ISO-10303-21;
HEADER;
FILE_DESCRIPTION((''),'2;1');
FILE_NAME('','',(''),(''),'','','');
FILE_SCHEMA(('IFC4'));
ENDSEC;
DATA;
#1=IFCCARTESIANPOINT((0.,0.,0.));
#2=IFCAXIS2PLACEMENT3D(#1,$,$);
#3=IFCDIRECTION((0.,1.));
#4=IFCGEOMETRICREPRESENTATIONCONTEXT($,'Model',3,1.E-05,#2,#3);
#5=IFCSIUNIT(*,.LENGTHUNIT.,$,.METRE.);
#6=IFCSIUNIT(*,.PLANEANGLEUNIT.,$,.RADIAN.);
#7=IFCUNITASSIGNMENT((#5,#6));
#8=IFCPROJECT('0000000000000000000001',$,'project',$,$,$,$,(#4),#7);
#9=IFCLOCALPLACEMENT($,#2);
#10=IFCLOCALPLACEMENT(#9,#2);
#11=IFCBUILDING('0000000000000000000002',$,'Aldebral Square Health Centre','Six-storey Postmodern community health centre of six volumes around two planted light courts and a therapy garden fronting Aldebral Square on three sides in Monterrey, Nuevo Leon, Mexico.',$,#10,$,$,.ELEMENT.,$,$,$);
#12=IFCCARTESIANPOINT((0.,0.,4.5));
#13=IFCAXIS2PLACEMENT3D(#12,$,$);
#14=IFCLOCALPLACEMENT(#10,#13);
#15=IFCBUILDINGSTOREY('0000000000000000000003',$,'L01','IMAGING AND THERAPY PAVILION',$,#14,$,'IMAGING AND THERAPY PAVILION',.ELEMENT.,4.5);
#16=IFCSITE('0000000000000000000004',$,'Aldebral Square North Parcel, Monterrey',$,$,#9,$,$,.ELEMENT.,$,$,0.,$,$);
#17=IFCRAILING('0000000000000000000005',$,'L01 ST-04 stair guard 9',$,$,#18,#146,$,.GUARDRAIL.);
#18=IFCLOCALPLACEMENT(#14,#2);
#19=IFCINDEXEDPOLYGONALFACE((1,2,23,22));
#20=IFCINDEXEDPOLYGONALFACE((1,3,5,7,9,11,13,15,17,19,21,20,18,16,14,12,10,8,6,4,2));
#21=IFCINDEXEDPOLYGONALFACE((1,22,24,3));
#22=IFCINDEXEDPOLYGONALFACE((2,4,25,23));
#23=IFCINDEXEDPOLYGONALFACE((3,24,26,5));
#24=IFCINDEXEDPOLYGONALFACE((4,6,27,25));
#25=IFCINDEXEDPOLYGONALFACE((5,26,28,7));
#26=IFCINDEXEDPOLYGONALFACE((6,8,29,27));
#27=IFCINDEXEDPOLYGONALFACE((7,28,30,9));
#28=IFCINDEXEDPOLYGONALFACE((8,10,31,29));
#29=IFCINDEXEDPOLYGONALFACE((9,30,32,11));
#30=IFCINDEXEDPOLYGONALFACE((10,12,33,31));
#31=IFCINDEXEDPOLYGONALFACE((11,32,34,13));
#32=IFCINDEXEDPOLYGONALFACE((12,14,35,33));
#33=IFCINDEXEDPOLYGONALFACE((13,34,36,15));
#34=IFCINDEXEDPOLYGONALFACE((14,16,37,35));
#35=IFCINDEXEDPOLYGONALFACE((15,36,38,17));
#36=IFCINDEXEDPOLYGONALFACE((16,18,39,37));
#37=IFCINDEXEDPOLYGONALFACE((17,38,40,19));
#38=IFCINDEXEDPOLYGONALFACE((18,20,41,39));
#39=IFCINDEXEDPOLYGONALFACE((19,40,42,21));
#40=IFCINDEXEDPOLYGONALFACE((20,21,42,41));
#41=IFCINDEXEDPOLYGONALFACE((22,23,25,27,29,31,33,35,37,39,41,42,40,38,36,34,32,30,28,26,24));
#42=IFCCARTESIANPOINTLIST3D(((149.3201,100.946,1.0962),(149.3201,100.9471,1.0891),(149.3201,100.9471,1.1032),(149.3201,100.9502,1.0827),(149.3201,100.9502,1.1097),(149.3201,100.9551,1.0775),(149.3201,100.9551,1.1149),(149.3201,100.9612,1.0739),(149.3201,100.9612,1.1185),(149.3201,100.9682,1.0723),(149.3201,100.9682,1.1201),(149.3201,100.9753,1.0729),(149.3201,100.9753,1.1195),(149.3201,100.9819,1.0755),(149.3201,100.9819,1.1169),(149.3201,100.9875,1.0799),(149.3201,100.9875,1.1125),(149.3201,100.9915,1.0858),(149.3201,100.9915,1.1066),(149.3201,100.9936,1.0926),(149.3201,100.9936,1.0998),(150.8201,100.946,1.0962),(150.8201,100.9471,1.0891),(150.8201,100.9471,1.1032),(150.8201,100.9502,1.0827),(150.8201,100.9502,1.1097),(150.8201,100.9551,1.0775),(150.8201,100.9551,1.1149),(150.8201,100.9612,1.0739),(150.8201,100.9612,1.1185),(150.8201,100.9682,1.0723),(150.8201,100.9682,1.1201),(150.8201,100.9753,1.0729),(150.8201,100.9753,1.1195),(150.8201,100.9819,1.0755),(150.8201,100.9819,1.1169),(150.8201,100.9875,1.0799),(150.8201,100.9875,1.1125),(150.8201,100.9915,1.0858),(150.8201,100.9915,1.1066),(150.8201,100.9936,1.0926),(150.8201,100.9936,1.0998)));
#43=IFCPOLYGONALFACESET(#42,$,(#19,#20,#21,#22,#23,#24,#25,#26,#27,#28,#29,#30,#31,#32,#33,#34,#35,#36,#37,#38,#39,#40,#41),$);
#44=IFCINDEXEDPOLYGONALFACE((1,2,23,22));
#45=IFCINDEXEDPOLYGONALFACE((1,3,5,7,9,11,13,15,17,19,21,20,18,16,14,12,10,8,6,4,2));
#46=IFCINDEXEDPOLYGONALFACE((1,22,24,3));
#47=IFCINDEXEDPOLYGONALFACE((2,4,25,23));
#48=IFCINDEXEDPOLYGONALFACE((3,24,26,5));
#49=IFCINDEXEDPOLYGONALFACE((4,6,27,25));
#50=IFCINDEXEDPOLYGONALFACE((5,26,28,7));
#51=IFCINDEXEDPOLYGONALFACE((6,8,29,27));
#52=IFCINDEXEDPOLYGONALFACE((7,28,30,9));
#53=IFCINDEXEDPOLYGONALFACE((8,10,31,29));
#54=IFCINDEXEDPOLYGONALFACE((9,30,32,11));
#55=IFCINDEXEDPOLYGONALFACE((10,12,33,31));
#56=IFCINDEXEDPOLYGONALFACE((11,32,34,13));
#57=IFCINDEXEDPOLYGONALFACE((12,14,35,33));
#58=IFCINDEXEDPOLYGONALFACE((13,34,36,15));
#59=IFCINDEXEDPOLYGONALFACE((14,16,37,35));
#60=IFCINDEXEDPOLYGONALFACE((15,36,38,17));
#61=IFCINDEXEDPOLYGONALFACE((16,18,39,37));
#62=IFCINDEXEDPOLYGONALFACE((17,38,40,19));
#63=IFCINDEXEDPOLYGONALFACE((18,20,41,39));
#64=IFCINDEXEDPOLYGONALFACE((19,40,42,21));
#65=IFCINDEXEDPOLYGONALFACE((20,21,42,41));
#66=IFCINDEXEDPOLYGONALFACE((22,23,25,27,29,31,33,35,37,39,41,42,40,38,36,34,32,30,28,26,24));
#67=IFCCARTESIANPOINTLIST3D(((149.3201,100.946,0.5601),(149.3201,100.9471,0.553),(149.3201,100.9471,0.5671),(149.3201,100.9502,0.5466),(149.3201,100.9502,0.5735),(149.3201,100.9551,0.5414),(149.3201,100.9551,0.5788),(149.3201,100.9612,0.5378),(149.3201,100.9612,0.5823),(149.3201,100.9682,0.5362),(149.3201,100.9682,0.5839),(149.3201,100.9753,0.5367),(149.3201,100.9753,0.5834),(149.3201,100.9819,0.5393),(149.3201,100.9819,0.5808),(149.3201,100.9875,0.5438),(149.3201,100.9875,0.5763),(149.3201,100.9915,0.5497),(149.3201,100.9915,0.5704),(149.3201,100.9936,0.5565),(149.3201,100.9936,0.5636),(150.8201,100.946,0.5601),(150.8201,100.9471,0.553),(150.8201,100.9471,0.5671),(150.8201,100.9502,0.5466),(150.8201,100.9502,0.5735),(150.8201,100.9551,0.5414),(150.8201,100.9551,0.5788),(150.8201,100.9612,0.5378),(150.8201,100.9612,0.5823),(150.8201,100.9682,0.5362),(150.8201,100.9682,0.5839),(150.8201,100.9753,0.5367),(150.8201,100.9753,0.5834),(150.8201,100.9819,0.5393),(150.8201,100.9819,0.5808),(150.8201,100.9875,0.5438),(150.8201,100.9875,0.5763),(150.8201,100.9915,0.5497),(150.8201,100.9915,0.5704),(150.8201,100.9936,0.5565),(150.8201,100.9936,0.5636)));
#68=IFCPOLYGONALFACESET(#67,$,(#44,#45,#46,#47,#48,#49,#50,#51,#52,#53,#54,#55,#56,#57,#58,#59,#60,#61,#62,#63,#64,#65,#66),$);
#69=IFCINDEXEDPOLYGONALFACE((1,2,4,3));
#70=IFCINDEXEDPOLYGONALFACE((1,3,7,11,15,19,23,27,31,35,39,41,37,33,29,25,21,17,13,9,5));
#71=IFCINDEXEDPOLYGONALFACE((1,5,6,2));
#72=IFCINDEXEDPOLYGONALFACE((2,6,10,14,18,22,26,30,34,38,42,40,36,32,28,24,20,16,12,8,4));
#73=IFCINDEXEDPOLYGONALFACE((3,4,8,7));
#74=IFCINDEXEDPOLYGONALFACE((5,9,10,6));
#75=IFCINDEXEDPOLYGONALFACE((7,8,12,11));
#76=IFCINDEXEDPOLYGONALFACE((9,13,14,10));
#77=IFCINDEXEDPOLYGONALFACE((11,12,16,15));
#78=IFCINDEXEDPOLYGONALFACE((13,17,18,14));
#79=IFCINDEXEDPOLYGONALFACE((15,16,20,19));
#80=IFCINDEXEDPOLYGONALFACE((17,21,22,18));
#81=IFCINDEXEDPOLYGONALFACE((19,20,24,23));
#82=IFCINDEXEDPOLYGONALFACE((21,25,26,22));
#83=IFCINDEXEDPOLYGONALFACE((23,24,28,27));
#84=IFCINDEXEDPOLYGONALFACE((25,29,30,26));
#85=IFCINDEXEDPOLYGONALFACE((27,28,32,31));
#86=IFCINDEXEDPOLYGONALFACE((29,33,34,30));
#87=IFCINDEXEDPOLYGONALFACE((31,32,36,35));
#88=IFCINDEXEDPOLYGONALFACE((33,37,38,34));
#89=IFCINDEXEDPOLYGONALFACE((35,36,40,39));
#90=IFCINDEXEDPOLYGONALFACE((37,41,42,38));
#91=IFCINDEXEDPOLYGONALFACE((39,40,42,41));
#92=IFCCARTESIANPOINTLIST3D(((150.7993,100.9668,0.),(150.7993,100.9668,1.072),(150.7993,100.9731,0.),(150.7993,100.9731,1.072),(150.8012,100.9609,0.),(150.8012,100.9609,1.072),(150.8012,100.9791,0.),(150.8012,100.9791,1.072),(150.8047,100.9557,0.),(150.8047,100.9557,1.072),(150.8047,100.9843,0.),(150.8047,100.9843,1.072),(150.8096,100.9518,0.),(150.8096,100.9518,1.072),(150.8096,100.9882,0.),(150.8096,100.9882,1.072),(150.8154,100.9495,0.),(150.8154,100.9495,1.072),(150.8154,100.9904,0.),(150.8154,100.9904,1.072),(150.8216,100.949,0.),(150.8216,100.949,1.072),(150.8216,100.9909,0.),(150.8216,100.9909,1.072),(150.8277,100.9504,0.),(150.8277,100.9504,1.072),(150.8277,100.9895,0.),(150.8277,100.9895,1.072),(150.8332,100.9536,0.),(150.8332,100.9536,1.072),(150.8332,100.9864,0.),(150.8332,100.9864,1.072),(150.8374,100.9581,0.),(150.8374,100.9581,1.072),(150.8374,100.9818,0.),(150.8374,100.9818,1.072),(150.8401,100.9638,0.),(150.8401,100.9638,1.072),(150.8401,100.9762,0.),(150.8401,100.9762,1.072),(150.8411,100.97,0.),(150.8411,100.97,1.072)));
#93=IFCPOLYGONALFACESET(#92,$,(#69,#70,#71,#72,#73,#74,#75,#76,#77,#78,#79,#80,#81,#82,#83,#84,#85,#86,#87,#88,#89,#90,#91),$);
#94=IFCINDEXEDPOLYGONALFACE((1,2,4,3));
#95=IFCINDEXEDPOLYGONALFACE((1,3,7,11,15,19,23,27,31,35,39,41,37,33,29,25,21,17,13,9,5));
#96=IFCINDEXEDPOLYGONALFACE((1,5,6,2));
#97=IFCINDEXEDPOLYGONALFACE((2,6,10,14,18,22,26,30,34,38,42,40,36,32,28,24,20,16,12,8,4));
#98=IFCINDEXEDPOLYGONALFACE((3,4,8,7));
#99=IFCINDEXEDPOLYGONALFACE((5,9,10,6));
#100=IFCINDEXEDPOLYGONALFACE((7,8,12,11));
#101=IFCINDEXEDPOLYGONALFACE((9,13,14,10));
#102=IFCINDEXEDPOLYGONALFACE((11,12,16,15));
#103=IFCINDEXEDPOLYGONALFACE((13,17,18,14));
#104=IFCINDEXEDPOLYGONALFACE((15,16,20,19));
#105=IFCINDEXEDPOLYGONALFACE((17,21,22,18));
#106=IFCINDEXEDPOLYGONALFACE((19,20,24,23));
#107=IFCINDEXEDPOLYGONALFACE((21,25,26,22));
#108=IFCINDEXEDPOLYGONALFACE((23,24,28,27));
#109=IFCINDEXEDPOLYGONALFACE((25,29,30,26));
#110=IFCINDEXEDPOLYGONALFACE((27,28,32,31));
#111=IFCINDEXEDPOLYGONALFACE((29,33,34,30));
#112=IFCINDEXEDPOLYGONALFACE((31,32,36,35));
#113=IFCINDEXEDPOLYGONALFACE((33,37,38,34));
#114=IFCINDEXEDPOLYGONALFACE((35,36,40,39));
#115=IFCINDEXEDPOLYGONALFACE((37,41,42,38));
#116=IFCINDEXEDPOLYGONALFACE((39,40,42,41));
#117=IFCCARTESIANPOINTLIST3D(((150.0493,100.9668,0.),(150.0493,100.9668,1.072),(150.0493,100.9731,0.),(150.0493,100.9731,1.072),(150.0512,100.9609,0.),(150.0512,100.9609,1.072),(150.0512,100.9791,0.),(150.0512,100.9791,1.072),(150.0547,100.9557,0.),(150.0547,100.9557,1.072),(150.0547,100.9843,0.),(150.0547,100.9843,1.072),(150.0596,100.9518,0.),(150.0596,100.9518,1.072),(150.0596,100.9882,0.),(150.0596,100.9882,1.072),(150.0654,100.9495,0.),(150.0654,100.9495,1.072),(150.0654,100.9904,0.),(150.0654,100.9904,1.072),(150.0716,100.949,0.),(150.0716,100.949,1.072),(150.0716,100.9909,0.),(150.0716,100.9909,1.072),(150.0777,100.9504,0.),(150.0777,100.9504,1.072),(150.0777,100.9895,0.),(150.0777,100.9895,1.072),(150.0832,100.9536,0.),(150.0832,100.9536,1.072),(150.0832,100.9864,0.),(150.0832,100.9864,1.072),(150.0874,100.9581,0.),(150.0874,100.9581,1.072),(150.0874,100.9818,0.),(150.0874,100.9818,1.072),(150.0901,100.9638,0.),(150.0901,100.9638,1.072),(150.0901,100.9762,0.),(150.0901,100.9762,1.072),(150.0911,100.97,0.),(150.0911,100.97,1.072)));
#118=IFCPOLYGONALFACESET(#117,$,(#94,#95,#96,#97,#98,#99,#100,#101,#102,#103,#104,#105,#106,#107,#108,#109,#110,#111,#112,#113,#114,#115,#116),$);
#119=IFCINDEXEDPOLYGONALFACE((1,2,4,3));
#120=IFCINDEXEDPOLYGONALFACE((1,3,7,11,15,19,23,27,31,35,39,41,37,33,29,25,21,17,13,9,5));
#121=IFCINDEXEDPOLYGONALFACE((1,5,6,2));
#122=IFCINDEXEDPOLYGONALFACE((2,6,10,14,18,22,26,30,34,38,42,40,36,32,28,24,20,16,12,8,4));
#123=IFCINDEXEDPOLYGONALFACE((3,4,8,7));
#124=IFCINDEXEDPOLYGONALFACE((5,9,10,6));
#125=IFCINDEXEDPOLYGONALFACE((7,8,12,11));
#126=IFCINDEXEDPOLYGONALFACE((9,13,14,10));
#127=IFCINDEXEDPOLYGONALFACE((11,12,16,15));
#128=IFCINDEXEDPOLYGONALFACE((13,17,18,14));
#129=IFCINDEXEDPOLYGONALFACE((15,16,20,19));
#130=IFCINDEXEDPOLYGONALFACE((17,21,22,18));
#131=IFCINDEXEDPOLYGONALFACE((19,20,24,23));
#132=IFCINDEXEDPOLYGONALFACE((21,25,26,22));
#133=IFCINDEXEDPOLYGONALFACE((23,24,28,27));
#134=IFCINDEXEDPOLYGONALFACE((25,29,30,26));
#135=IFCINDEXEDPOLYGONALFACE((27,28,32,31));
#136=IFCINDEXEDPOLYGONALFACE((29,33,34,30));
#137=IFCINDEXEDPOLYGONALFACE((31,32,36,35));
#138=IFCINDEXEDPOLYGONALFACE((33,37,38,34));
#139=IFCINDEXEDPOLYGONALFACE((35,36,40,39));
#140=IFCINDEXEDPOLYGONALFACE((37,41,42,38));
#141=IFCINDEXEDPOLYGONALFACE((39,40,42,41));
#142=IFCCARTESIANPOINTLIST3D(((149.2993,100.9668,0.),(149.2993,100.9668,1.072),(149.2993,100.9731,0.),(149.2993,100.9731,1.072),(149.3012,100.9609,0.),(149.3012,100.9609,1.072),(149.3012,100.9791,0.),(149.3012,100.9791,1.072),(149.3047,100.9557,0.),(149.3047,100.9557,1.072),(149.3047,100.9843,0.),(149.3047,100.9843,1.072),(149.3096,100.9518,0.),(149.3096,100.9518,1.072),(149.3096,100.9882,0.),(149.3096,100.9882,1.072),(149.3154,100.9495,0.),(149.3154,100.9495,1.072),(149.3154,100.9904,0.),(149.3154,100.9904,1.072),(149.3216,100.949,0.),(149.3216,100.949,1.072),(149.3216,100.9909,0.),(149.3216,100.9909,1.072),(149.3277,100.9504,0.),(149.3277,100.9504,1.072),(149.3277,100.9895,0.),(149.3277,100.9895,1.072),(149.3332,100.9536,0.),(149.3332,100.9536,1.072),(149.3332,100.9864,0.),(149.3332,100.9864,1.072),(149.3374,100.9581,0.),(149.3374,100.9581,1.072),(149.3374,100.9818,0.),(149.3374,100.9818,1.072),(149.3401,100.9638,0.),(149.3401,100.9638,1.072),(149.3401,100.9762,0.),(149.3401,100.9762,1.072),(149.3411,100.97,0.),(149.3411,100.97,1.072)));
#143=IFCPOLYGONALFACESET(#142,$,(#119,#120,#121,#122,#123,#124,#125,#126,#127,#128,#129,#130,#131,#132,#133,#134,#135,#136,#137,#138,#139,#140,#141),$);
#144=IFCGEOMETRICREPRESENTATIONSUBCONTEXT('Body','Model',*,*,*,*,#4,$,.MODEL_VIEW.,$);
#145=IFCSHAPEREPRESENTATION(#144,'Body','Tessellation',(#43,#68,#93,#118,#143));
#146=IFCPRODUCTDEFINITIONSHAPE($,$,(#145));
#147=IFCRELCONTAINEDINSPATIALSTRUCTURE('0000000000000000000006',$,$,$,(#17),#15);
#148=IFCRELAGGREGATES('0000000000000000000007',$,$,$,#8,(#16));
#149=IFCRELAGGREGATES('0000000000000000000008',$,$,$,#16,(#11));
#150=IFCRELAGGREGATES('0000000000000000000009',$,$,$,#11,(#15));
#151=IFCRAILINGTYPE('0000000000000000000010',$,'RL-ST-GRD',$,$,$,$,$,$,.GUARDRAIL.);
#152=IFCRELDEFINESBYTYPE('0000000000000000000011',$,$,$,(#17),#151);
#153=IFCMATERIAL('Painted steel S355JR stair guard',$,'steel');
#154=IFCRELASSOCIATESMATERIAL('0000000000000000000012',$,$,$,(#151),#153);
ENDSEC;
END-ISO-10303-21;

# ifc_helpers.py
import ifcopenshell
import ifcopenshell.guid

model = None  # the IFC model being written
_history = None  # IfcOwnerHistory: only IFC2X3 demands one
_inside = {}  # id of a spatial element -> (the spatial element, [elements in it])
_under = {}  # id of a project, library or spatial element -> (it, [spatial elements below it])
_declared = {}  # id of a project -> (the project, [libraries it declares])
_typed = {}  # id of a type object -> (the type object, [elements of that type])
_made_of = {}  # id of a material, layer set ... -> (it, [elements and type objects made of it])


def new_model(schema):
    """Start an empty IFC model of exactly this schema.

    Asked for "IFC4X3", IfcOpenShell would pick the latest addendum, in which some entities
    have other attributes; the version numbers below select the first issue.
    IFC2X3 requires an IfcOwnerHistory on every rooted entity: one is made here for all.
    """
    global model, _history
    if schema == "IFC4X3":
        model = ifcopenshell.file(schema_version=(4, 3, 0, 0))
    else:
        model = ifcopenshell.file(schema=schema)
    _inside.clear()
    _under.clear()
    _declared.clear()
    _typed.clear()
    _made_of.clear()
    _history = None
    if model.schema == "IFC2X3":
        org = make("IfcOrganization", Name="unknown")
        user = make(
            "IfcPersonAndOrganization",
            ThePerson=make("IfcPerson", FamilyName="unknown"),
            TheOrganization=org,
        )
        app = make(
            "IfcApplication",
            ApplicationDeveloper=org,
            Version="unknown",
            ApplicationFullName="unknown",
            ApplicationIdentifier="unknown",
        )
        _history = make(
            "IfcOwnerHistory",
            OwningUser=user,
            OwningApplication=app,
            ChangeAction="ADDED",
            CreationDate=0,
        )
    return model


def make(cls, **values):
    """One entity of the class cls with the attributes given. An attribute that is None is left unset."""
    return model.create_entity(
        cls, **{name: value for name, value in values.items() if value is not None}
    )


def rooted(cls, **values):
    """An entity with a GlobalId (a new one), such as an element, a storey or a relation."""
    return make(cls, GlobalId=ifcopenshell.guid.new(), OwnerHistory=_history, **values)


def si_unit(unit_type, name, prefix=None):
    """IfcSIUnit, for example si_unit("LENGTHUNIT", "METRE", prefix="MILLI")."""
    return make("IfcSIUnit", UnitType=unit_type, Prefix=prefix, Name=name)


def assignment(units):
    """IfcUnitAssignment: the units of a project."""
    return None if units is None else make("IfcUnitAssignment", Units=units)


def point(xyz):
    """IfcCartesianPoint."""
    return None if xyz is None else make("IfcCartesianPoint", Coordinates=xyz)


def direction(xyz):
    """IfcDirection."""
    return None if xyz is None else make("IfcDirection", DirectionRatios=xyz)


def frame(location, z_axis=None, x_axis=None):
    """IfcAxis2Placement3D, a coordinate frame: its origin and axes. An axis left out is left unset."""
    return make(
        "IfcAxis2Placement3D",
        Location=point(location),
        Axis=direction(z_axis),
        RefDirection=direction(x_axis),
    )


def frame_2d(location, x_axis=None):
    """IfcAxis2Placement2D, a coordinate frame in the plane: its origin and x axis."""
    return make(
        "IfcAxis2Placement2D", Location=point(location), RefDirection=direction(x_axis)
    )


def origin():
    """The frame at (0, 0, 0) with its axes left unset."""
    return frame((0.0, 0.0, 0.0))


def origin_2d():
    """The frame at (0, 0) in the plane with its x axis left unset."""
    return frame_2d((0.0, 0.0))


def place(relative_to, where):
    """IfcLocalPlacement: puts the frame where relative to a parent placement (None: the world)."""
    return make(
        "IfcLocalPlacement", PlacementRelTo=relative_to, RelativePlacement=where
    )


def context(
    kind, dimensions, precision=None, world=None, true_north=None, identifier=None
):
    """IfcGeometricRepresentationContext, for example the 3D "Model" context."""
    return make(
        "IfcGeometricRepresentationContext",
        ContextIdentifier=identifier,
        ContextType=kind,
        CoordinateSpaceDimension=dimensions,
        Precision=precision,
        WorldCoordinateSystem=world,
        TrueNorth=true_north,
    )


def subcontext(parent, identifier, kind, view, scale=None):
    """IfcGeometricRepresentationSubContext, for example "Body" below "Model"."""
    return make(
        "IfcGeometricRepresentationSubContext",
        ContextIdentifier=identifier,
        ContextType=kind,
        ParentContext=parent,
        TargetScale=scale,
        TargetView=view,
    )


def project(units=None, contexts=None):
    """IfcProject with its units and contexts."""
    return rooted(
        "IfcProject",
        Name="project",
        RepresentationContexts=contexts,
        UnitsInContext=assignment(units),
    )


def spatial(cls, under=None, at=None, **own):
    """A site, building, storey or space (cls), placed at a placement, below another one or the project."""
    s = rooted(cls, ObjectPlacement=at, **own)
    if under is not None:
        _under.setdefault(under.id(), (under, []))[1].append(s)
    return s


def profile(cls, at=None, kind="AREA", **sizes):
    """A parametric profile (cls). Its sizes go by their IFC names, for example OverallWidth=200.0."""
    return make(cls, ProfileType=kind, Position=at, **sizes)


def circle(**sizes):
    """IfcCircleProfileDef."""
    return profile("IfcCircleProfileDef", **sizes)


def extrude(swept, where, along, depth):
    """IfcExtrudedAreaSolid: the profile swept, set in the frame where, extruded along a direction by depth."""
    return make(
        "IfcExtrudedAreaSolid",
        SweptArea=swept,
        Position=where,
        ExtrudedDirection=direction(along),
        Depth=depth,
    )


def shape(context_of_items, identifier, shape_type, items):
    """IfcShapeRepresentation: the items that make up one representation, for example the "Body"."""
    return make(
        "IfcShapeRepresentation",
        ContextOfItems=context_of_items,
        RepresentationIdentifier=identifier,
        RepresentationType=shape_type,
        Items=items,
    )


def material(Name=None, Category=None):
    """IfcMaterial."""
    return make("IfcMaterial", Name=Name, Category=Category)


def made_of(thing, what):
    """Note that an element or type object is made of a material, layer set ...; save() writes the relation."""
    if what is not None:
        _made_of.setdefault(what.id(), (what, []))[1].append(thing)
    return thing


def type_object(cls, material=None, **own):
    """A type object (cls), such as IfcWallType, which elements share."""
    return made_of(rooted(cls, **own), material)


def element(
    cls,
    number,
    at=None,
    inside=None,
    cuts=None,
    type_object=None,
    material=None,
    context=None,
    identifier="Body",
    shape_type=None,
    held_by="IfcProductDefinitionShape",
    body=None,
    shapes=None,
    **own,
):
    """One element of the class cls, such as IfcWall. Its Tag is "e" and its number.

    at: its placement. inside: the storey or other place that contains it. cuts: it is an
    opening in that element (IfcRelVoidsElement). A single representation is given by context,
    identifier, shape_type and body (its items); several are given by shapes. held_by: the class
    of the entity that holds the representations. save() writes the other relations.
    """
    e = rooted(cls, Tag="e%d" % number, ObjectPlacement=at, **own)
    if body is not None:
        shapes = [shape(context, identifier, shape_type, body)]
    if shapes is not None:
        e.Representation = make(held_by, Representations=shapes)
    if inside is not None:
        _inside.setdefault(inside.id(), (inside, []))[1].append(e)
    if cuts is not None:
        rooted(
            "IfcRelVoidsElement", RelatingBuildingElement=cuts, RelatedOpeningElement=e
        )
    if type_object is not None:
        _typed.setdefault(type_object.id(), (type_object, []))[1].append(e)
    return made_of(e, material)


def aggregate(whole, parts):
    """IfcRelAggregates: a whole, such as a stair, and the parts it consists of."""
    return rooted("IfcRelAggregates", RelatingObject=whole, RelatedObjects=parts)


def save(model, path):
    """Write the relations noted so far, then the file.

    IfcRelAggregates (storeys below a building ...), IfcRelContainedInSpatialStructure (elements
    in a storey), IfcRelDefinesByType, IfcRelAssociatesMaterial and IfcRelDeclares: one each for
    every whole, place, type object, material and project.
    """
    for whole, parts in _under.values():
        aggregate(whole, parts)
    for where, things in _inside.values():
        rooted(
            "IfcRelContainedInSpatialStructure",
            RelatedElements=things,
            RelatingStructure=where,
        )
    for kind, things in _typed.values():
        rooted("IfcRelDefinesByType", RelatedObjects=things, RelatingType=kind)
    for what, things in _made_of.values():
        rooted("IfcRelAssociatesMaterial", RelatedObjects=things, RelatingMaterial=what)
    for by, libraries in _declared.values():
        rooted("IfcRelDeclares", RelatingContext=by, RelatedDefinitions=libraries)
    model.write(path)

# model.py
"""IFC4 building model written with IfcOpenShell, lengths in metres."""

from ifc_helpers import new_model, si_unit, direction, frame, origin, origin_2d, place, context, subcontext, project, spatial, circle, extrude, material, type_object, element, save


model = new_model("IFC4")

# Units and contexts
model_context = context("Model", 3, precision=1e-05, world=origin(), true_north=direction((0.0, 1.0)))
body_context = subcontext(model_context, "Body", "Model", "MODEL_VIEW")
ifc_project = project(units=[si_unit("LENGTHUNIT", "METRE"), si_unit("PLANEANGLEUNIT", "RADIAN")], contexts=[model_context])

# Site, building, storey
site_placement = place(None, origin())
site = spatial("IfcSite", under=ifc_project, at=site_placement, Name="Aldebral Square North Parcel, Monterrey", CompositionType="ELEMENT", RefElevation=0.0)
building_placement = place(site_placement, origin())
building = spatial("IfcBuilding", under=site, at=building_placement, Name="Aldebral Square Health Centre", Description="Six-storey Postmodern community health centre of six volumes around two planted light courts and a therapy garden fronting Aldebral Square on three sides in Monterrey, Nuevo Leon, Mexico.", CompositionType="ELEMENT")
storey_placement = place(building_placement, frame((0.0, 0.0, 4.5)))
storey = spatial("IfcBuildingStorey", under=building, at=storey_placement, Name="L01", Description="IMAGING AND THERAPY PAVILION", LongName="IMAGING AND THERAPY PAVILION", CompositionType="ELEMENT", Elevation=4.5)

# Railing
ifc_material_1 = material(Name="Painted steel S355JR stair guard", Category="steel")
railing_type_1 = type_object("IfcRailingType", Name="RL-ST-GRD", PredefinedType="GUARDRAIL", material=ifc_material_1)
railing_1_placement = place(storey_placement, frame((150.8201, 100.97, 0.0)))
element("IfcRailing", 1, at=railing_1_placement, inside=storey, type_object=railing_type_1, Name="L01 ST-04 stair guard 9", PredefinedType="GUARDRAIL", context=body_context, shape_type="SweptSolid", body=[
    extrude(circle(Radius=0.0239, at=origin_2d()), frame((0.0, 0.0, 1.0962), z_axis=(-1.0, 0.0, 0.0), x_axis=(0.0, -1.0, 0.0)), (0.0, 0.0, 1.0), 1.5),
    extrude(circle(Radius=0.0239, at=origin_2d()), frame((0.0, 0.0, 0.5601), z_axis=(-1.0, 0.0, 0.0), x_axis=(0.0, -1.0, 0.0)), (0.0, 0.0, 1.0), 1.5),
    extrude(circle(Radius=0.021, at=origin_2d()), origin(), (0.0, 0.0, 1.0), 1.072),
    extrude(circle(Radius=0.021, at=origin_2d()), frame((-0.75, 0.0, 0.0)), (0.0, 0.0, 1.0), 1.072),
    extrude(circle(Radius=0.021, at=origin_2d()), frame((-1.5, 0.0, 0.0)), (0.0, 0.0, 1.0), 1.072),
])

save(model, "model.ifc")
